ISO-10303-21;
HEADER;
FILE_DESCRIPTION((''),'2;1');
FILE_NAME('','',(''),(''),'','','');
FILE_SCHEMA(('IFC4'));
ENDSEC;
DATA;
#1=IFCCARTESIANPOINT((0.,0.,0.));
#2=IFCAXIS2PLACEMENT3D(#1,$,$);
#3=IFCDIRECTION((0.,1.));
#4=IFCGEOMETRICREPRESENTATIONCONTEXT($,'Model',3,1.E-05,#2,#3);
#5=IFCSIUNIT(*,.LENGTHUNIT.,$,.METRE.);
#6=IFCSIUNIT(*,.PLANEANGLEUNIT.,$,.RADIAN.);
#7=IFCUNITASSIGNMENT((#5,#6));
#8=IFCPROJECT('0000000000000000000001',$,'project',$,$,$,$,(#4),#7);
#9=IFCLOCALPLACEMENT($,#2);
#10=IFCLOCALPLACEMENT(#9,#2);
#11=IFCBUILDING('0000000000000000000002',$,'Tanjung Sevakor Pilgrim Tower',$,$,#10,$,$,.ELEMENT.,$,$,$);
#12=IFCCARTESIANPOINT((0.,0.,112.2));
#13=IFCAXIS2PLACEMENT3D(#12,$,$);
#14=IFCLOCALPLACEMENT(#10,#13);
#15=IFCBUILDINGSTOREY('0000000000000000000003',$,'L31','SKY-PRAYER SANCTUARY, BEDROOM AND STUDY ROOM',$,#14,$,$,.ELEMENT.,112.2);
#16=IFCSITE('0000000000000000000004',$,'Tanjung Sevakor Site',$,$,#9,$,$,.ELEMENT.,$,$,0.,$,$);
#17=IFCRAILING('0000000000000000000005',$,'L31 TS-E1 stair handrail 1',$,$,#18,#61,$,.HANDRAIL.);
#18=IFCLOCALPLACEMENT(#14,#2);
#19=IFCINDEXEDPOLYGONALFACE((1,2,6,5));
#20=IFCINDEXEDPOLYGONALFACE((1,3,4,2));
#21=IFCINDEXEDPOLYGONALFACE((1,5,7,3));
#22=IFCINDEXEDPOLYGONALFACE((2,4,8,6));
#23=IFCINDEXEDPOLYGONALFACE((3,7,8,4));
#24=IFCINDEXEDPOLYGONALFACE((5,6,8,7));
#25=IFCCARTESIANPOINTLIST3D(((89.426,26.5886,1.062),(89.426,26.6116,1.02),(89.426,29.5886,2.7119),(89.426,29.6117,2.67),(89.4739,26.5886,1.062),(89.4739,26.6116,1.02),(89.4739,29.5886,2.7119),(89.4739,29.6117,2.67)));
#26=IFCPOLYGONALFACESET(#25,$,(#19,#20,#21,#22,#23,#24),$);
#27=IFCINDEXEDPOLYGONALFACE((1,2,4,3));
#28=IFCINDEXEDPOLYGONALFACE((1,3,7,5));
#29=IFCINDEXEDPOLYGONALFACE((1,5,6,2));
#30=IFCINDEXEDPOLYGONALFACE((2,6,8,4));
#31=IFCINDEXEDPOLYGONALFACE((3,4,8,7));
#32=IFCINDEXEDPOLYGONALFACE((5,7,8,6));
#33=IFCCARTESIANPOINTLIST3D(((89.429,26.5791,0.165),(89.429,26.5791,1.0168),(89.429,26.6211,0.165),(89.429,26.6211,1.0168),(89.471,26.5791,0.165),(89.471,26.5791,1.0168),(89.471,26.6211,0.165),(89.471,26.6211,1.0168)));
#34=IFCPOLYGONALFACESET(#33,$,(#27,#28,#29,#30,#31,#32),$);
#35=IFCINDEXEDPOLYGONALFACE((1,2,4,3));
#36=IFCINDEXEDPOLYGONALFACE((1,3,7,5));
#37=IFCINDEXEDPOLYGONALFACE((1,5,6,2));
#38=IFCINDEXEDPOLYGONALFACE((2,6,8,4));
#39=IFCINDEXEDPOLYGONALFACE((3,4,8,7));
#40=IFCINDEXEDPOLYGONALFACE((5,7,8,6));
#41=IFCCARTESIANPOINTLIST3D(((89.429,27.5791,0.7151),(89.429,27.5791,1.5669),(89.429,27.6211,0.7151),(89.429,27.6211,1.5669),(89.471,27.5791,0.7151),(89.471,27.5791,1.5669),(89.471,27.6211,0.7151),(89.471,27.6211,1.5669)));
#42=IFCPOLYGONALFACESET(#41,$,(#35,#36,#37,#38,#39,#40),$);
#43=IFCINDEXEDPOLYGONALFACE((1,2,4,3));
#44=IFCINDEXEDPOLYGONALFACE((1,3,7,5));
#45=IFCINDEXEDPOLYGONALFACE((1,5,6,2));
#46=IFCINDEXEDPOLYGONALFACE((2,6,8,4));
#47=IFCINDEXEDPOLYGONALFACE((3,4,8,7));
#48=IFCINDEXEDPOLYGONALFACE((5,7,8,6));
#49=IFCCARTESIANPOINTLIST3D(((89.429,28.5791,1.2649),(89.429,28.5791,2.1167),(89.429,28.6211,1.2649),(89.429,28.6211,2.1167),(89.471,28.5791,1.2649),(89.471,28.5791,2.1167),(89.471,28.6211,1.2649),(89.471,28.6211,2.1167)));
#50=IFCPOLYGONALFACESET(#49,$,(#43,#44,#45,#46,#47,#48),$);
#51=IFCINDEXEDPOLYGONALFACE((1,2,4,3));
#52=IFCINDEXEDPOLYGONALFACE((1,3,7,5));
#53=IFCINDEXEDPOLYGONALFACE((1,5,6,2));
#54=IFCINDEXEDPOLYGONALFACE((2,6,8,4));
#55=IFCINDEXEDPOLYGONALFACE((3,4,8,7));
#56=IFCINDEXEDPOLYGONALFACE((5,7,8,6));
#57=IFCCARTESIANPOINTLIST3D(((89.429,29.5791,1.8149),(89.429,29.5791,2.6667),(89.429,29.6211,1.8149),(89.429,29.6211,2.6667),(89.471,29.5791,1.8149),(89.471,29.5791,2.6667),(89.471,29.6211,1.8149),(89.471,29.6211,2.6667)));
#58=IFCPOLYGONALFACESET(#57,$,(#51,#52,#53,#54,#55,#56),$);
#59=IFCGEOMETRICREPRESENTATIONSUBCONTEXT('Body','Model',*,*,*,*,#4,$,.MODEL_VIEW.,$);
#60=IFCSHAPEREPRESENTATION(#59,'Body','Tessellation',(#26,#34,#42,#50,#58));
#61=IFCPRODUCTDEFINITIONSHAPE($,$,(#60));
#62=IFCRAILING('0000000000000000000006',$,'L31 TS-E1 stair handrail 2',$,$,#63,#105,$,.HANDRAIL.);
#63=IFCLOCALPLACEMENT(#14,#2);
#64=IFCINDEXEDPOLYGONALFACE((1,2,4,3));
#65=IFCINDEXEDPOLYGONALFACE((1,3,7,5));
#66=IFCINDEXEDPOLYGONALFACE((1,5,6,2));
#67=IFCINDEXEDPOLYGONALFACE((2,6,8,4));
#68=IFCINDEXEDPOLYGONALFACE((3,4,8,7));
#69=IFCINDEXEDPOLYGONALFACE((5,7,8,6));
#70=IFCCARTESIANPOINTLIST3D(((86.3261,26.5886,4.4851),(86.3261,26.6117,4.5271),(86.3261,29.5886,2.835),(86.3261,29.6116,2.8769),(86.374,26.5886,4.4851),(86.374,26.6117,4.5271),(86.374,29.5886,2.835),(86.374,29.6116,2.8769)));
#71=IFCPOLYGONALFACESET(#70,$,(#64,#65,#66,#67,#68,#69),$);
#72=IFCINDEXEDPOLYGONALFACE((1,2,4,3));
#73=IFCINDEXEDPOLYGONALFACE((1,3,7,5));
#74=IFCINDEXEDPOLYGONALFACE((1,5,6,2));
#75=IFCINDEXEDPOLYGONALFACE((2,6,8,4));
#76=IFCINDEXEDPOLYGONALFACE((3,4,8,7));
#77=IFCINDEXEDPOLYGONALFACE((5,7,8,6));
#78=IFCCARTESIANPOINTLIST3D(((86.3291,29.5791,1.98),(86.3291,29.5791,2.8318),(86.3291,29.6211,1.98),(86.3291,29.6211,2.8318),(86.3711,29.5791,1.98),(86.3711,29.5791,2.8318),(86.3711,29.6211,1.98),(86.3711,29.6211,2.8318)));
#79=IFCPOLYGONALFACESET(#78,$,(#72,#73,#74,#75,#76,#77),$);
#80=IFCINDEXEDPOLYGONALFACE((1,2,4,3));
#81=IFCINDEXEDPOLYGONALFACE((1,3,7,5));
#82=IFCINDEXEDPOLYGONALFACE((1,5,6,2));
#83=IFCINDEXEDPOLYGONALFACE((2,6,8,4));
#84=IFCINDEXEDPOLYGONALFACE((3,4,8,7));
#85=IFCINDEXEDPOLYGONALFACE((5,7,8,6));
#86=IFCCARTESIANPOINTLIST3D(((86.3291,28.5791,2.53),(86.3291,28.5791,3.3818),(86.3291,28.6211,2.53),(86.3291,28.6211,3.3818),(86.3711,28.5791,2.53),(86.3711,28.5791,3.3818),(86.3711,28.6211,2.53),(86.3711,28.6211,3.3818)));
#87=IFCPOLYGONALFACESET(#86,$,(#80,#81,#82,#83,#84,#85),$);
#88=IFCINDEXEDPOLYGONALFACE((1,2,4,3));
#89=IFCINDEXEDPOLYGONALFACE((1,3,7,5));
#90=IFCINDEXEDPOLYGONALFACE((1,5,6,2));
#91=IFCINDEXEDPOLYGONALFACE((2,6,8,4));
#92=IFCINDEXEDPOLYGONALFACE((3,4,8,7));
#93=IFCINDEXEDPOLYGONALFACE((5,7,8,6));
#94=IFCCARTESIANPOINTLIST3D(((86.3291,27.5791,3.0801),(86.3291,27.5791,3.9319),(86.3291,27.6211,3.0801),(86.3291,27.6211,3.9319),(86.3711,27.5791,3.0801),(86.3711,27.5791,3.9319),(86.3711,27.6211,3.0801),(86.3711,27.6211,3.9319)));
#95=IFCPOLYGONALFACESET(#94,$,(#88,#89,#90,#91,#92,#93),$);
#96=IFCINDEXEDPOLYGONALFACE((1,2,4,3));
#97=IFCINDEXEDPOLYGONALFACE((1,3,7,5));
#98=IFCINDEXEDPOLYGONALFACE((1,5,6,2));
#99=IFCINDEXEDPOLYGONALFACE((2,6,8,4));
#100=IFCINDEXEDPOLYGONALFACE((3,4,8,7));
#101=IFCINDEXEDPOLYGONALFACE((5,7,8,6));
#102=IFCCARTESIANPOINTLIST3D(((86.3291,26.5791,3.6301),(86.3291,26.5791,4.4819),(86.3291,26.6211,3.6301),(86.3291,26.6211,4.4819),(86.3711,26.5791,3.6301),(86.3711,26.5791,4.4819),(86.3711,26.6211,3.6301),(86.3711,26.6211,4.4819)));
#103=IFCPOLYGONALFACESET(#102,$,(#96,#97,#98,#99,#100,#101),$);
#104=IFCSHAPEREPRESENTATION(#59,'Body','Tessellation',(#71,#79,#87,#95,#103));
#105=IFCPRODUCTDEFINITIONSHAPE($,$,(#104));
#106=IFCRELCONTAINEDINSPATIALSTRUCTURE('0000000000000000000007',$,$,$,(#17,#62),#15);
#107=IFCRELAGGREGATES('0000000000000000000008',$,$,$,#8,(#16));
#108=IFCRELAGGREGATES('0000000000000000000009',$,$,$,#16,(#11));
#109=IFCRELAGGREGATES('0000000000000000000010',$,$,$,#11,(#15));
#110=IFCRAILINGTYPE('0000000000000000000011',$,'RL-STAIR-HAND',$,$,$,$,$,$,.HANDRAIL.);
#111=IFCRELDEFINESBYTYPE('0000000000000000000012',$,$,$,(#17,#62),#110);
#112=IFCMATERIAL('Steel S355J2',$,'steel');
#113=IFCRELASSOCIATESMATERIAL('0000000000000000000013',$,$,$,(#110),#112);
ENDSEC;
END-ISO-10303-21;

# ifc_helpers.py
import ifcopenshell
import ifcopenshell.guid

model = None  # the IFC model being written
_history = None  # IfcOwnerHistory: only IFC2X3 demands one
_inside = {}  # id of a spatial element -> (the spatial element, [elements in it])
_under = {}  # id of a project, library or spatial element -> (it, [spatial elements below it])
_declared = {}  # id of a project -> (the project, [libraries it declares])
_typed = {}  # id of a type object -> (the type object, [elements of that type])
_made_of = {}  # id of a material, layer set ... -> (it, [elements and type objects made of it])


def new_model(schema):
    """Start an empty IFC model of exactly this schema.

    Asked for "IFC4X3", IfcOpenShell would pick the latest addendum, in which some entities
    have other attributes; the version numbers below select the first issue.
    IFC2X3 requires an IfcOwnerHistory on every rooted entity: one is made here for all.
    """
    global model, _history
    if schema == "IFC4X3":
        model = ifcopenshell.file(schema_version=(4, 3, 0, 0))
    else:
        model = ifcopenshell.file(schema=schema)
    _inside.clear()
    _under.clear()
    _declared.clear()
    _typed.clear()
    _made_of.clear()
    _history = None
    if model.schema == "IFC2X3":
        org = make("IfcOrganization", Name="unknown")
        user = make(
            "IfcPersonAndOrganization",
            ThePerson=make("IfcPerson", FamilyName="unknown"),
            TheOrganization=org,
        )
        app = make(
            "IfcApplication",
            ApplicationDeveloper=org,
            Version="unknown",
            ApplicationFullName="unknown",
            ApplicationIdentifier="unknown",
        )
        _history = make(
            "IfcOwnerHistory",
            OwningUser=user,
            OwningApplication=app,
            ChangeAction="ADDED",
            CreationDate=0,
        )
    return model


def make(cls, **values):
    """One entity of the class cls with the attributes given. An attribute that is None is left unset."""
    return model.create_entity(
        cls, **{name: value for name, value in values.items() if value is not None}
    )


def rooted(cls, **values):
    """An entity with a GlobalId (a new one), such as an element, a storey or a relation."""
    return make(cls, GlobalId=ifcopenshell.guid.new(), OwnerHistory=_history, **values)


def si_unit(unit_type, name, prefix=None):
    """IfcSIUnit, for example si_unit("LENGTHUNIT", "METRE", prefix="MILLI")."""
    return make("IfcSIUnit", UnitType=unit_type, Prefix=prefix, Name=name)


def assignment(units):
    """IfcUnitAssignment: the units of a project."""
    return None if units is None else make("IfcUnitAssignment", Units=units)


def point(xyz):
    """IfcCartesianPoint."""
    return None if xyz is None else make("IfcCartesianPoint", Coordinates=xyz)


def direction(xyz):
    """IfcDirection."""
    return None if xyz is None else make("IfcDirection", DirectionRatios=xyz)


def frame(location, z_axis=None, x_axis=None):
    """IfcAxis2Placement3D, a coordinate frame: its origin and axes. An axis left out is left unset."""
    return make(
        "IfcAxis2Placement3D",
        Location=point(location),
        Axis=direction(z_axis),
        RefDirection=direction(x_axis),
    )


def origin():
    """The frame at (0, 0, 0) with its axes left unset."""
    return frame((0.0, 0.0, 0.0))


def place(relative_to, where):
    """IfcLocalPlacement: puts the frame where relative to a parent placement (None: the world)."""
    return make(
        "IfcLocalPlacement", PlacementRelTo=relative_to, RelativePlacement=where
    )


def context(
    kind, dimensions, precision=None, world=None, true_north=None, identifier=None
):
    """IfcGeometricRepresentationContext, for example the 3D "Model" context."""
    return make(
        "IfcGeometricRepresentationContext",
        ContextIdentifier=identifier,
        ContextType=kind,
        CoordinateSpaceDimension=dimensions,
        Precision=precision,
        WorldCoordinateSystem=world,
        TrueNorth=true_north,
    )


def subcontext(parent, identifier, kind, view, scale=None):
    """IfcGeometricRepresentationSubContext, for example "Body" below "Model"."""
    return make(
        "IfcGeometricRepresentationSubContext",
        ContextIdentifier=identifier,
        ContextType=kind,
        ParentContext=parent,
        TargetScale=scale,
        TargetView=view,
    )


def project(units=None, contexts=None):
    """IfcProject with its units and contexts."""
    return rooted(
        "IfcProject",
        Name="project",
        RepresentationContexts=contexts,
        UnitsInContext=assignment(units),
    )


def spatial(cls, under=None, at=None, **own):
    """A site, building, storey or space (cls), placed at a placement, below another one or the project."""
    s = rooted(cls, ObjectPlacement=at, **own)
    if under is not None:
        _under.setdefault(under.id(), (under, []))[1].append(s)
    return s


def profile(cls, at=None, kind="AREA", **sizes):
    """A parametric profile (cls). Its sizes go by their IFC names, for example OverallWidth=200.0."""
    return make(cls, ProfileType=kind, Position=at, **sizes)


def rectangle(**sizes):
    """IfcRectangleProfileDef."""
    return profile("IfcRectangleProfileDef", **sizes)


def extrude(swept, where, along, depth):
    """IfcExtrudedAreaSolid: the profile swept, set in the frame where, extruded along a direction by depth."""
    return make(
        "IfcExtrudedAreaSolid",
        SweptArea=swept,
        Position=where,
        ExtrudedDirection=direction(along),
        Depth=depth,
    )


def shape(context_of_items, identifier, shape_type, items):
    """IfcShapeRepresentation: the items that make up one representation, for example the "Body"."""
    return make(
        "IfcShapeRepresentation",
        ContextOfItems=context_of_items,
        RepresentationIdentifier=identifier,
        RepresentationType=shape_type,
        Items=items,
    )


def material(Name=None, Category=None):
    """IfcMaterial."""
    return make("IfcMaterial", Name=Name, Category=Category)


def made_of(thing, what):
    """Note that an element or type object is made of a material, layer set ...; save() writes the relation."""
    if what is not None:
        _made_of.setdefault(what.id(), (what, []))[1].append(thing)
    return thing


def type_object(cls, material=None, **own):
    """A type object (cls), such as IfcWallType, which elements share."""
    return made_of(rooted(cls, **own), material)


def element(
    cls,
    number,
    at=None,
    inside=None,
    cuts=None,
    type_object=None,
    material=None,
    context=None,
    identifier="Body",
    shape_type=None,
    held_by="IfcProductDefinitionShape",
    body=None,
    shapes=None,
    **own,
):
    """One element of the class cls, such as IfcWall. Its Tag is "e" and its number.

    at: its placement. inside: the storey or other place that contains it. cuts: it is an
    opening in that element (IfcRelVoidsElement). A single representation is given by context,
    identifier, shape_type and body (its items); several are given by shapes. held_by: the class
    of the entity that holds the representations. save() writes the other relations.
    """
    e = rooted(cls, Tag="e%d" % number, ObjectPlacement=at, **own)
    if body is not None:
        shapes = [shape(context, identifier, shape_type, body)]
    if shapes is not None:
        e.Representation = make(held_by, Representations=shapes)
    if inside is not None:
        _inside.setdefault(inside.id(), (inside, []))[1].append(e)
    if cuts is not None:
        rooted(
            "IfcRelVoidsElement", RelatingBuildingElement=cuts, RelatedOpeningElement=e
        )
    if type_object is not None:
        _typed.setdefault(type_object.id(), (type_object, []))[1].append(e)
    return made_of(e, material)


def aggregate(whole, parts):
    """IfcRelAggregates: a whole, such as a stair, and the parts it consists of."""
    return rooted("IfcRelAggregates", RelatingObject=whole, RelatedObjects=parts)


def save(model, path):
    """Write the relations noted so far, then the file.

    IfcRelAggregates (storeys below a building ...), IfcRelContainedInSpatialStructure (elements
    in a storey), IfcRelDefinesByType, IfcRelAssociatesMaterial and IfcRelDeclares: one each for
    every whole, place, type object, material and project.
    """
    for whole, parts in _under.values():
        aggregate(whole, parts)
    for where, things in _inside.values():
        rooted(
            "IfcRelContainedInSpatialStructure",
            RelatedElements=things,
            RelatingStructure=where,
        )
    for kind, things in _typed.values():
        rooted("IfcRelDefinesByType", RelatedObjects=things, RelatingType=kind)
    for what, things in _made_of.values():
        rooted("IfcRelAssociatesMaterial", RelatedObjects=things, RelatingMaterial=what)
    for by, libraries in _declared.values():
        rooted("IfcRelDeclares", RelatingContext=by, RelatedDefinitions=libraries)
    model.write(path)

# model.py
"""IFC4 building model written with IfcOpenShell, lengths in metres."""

from ifc_helpers import new_model, si_unit, direction, frame, origin, place, context, subcontext, project, spatial, rectangle, extrude, material, type_object, element, save


model = new_model("IFC4")

# Units and contexts
model_context = context("Model", 3, precision=1e-05, world=origin(), true_north=direction((0.0, 1.0)))
body_context = subcontext(model_context, "Body", "Model", "MODEL_VIEW")
ifc_project = project(units=[si_unit("LENGTHUNIT", "METRE"), si_unit("PLANEANGLEUNIT", "RADIAN")], contexts=[model_context])

# Site, building, storey
site_placement = place(None, origin())
site = spatial("IfcSite", under=ifc_project, at=site_placement, Name="Tanjung Sevakor Site", CompositionType="ELEMENT", RefElevation=0.0)
building_placement = place(site_placement, origin())
building = spatial("IfcBuilding", under=site, at=building_placement, Name="Tanjung Sevakor Pilgrim Tower", CompositionType="ELEMENT")
storey_placement = place(building_placement, frame((0.0, 0.0, 112.2)))
storey = spatial("IfcBuildingStorey", under=building, at=storey_placement, Name="L31", Description="SKY-PRAYER SANCTUARY, BEDROOM AND STUDY ROOM", CompositionType="ELEMENT", Elevation=112.2)

# Railings
ifc_material_1 = material(Name="Steel S355J2", Category="steel")
railing_type_1 = type_object("IfcRailingType", Name="RL-STAIR-HAND", PredefinedType="HANDRAIL", material=ifc_material_1)
railing_1_placement = place(storey_placement, frame((89.45, 26.6001, 0.165)))
element("IfcRailing", 1, at=railing_1_placement, inside=storey, type_object=railing_type_1, Name="L31 TS-E1 stair handrail 1", PredefinedType="HANDRAIL", context=body_context, shape_type="SweptSolid", body=[
    extrude(rectangle(XDim=0.0479, YDim=0.0479), frame((0.0, 0.0, 0.876), z_axis=(0.0, 0.876228, 0.481897), x_axis=(-1.0, 0.0, 0.0)), (0.0, 0.0, 1.0), 3.4238),
    extrude(rectangle(XDim=0.042, YDim=0.042), origin(), (0.0, 0.0, 1.0), 0.8518),
    extrude(rectangle(XDim=0.042, YDim=0.042), frame((0.0, 1.0, 0.55)), (0.0, 0.0, 1.0), 0.8518),
    extrude(rectangle(XDim=0.042, YDim=0.042), frame((0.0, 2.0, 1.0999)), (0.0, 0.0, 1.0), 0.8518),
    extrude(rectangle(XDim=0.042, YDim=0.042), frame((0.0, 3.0, 1.6499)), (0.0, 0.0, 1.0), 0.8518),
])
railing_2_placement = place(storey_placement, frame((86.3501, 29.6001, 1.98)))
element("IfcRailing", 2, at=railing_2_placement, inside=storey, type_object=railing_type_1, Name="L31 TS-E1 stair handrail 2", PredefinedType="HANDRAIL", context=body_context, shape_type="SweptSolid", body=[
    extrude(rectangle(XDim=0.0479, YDim=0.0479), frame((0.0, 0.0, 0.876), z_axis=(0.0, -0.876198, 0.481952), x_axis=(1.0, 0.0, 0.0)), (0.0, 0.0, 1.0), 3.4238),
    extrude(rectangle(XDim=0.042, YDim=0.042), origin(), (0.0, 0.0, 1.0), 0.8518),
    extrude(rectangle(XDim=0.042, YDim=0.042), frame((0.0, -1.0, 0.55)), (0.0, 0.0, 1.0), 0.8518),
    extrude(rectangle(XDim=0.042, YDim=0.042), frame((0.0, -2.0, 1.1001)), (0.0, 0.0, 1.0), 0.8518),
    extrude(rectangle(XDim=0.042, YDim=0.042), frame((0.0, -3.0, 1.6501)), (0.0, 0.0, 1.0), 0.8518),
])

save(model, "model.ifc")
